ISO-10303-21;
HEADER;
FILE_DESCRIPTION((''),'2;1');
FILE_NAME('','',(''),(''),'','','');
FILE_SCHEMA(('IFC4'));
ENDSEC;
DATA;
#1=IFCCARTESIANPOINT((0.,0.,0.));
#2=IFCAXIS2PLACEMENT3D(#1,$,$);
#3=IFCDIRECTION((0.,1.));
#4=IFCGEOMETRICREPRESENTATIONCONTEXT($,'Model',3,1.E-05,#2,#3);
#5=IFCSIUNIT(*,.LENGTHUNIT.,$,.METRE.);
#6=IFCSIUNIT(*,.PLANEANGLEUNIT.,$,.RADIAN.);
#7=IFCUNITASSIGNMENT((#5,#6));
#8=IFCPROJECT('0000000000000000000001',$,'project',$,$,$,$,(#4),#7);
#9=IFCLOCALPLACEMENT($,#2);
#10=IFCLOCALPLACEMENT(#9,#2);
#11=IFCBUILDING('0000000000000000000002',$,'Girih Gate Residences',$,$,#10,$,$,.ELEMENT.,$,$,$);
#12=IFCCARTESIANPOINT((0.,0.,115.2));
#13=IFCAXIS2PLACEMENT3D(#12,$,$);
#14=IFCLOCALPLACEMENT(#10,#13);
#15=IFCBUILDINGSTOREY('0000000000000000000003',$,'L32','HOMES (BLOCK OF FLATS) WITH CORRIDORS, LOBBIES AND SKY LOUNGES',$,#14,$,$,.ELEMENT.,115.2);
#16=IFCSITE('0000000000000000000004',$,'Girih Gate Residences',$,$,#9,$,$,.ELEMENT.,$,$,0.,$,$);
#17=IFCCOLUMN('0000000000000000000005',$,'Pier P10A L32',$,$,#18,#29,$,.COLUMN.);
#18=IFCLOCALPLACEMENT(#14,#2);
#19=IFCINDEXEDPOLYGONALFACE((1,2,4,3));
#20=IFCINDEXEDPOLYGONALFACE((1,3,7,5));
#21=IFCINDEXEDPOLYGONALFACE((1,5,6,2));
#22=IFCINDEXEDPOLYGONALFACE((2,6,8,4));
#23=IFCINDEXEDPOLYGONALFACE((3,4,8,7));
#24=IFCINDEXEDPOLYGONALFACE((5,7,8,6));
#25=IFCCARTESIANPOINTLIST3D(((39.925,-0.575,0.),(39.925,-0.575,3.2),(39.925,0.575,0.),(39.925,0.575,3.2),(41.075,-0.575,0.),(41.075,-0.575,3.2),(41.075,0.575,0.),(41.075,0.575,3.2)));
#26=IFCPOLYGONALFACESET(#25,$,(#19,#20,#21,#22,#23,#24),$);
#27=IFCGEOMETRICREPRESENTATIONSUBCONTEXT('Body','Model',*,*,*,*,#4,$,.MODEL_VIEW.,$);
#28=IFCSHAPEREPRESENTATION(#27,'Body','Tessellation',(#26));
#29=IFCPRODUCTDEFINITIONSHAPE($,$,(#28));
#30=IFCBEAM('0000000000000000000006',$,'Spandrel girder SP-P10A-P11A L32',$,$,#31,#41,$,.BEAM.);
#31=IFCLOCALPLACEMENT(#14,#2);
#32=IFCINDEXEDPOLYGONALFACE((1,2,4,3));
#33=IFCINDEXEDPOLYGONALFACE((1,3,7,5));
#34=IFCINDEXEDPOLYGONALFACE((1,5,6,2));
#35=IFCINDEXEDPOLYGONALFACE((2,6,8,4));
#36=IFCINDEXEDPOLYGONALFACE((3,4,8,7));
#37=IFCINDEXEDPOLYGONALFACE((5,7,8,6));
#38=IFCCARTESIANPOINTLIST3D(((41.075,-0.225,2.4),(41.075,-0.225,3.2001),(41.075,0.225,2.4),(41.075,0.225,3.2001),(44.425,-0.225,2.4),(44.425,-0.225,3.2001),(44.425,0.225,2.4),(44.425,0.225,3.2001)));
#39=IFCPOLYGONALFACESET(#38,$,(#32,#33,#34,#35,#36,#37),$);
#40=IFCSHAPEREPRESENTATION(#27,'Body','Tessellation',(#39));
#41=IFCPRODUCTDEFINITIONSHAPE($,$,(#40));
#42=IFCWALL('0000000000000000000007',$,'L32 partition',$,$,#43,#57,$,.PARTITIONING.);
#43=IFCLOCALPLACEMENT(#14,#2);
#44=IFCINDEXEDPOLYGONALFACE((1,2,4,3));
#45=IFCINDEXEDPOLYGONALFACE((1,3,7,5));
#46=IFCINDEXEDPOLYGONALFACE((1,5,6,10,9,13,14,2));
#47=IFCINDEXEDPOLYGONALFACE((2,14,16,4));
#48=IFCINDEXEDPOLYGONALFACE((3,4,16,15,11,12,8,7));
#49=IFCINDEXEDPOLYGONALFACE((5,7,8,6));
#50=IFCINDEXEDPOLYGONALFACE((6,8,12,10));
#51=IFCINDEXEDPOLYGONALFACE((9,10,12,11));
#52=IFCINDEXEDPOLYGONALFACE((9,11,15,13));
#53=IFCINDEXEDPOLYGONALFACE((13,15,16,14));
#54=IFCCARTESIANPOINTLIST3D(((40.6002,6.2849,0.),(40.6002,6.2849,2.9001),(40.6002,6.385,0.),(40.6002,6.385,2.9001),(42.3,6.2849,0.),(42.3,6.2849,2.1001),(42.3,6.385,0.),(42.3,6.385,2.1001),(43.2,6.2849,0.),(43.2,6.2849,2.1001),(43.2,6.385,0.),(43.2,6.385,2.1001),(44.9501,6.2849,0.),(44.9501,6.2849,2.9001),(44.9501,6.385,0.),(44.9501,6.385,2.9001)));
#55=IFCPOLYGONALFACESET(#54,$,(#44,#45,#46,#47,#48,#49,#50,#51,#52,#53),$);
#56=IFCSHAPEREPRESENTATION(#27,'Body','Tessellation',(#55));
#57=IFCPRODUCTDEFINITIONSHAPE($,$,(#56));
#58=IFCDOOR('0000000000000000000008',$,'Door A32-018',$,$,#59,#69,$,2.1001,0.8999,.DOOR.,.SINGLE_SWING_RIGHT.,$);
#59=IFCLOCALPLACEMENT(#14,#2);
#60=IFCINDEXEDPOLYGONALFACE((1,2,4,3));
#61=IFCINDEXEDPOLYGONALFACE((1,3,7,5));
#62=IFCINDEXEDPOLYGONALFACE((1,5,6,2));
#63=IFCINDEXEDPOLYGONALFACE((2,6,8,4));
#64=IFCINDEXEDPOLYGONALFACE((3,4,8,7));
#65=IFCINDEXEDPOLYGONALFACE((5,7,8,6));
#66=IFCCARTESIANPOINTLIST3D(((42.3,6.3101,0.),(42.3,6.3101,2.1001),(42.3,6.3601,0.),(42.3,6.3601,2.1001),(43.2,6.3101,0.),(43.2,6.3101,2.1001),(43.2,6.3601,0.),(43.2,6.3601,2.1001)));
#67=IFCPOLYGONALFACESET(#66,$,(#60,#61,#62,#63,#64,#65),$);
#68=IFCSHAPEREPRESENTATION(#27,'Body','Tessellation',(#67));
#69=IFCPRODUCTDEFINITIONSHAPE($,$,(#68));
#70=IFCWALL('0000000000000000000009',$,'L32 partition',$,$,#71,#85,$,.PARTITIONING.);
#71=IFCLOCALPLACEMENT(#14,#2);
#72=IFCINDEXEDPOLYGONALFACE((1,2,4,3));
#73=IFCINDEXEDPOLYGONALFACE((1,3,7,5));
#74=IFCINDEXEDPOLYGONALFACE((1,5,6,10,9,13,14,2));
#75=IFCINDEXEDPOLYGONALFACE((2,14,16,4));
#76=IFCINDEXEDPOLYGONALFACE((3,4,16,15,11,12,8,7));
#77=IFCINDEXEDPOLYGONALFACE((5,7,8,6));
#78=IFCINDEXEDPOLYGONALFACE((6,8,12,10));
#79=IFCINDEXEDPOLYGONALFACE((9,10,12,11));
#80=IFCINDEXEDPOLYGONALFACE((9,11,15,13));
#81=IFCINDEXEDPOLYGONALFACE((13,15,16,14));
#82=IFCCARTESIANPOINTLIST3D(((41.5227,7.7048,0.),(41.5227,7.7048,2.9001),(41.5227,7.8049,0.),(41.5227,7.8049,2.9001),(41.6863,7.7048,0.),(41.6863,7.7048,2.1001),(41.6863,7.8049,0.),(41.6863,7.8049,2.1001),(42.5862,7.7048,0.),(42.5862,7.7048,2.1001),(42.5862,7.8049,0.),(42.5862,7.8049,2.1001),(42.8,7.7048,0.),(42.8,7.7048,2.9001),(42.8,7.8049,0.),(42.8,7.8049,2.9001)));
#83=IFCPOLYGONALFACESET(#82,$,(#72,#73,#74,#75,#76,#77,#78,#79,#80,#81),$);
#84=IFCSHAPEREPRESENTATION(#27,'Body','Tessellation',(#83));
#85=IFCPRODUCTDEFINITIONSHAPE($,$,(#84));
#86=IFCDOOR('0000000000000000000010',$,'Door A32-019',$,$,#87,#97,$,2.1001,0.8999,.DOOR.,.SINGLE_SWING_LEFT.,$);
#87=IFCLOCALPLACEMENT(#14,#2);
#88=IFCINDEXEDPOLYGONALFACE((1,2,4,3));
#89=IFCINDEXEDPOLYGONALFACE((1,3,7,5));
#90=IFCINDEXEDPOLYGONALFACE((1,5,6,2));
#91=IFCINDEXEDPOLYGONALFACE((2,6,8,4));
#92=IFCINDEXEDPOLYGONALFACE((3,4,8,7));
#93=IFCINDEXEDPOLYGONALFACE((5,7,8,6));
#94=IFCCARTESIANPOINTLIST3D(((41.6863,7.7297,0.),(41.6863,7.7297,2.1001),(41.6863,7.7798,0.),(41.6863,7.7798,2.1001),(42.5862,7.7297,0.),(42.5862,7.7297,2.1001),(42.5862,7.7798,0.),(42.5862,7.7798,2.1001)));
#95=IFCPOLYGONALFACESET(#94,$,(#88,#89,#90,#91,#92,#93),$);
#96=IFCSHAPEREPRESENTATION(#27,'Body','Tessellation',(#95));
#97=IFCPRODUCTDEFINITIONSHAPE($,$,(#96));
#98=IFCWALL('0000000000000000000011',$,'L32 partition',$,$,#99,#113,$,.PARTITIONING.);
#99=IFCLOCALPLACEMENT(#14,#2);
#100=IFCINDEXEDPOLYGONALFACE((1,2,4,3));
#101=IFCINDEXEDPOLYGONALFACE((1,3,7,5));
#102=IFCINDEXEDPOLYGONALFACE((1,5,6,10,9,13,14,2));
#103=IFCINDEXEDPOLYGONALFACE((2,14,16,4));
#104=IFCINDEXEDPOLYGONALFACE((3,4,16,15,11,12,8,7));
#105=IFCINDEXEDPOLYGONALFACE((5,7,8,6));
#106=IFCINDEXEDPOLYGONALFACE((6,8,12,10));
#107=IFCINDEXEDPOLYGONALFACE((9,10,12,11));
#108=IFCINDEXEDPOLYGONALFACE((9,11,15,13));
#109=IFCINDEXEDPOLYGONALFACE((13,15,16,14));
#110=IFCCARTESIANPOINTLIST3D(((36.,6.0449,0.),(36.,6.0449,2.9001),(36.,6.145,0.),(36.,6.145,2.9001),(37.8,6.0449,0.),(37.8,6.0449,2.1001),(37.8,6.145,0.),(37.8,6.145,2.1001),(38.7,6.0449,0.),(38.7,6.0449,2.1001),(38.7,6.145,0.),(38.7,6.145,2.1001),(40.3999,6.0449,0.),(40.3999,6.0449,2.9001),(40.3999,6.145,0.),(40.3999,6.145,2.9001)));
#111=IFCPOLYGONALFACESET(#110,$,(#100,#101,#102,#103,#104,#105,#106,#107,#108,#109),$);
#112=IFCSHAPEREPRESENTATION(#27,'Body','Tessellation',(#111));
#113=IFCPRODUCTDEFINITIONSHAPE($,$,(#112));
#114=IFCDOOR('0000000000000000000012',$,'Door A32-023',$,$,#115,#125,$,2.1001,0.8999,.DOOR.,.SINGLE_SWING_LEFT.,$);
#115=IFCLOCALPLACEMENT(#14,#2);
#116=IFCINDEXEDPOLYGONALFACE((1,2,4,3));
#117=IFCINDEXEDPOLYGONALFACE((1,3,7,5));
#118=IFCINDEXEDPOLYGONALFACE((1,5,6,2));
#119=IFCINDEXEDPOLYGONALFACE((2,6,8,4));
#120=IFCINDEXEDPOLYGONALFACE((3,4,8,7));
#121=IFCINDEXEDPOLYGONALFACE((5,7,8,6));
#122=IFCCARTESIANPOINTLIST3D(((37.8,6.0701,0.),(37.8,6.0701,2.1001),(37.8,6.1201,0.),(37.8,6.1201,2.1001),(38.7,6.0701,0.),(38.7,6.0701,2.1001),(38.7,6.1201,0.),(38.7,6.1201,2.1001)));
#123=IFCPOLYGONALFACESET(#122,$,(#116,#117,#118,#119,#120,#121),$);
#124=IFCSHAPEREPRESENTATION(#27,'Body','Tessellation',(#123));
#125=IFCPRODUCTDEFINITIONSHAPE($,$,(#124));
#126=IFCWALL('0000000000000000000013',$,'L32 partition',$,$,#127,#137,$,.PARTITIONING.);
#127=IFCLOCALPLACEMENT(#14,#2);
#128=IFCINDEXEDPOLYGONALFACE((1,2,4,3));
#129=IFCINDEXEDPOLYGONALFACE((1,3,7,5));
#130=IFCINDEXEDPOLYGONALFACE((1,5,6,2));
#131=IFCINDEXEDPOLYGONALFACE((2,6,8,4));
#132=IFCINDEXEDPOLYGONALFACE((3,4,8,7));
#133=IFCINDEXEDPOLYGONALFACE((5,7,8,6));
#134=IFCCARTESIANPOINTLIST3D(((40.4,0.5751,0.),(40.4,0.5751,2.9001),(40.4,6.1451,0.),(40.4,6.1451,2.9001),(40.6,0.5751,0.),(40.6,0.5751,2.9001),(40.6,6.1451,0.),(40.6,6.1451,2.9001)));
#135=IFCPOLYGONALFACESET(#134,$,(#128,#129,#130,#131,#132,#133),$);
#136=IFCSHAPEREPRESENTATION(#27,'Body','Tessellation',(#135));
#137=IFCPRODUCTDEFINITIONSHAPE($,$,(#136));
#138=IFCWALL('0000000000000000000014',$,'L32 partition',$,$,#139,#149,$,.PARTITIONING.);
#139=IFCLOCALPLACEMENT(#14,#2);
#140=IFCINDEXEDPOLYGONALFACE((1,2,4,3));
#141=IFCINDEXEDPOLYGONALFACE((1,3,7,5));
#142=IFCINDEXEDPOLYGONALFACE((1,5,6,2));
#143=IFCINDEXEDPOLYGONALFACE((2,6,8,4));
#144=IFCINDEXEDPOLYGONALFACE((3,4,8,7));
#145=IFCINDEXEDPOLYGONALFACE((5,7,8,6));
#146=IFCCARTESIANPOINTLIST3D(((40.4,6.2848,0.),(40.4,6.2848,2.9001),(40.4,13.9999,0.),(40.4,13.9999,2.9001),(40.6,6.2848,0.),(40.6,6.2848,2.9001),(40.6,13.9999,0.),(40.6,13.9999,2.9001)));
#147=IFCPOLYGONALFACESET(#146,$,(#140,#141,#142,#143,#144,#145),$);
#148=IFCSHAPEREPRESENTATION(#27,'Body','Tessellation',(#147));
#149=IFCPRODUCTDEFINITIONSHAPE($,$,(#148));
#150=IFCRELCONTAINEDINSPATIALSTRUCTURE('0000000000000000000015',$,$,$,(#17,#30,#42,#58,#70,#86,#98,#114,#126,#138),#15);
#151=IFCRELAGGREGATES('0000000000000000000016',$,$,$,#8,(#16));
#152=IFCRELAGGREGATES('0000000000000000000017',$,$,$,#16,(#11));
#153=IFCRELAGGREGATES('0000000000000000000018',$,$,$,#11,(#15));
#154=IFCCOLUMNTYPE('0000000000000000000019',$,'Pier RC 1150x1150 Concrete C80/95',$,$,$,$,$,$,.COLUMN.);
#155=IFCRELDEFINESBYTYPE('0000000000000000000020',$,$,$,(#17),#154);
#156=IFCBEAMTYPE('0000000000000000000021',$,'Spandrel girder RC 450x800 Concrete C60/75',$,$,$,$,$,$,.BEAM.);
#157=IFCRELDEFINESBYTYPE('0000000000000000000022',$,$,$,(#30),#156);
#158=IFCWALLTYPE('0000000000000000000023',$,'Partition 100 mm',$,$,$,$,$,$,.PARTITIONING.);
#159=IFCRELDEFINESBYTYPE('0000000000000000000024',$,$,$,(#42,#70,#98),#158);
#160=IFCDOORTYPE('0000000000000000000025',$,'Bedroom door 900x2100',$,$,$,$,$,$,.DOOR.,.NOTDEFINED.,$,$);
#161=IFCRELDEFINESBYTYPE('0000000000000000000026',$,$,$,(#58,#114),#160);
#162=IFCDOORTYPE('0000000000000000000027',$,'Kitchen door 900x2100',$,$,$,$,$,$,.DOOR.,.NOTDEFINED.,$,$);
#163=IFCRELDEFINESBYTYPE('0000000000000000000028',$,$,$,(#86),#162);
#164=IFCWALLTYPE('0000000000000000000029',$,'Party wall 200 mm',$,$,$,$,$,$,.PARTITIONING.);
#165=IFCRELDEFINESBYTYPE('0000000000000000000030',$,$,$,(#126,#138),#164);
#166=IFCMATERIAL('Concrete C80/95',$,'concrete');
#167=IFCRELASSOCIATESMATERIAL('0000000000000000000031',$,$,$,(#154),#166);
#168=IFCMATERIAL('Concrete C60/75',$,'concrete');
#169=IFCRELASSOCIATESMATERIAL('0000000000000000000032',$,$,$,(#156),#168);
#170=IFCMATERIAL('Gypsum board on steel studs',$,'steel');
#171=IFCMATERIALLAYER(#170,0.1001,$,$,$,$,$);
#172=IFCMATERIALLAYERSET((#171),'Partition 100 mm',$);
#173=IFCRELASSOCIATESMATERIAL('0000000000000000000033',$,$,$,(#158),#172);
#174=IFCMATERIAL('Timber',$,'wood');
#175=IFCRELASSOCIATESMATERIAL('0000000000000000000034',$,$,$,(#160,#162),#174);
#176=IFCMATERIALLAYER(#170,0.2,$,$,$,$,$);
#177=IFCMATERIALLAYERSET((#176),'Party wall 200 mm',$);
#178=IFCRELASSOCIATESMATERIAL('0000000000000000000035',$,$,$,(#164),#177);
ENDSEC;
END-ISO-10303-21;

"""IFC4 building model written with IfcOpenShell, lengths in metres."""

from ifc_helpers import new_model, si_unit, direction, frame, frame_2d, origin, origin_2d, place, context, subcontext, project, spatial, rectangle, extrude, material, layer, layer_set, material_profile, profile_set, type_object, element, fill, save


model = new_model("IFC4")

# Units and contexts
model_context = context("Model", 3, precision=1e-05, world=origin(), true_north=direction((0.0, 1.0)))
body_context = subcontext(model_context, "Body", "Model", "MODEL_VIEW")
ifc_project = project(units=[si_unit("LENGTHUNIT", "METRE"), si_unit("PLANEANGLEUNIT", "RADIAN")], contexts=[model_context])

# Site, building, storey
site_placement = place(None, origin())
site = spatial("IfcSite", under=ifc_project, at=site_placement, Name="Girih Gate Residences", CompositionType="ELEMENT", RefElevation=0.0)
building_placement = place(site_placement, origin())
building = spatial("IfcBuilding", under=site, at=building_placement, Name="Girih Gate Residences", CompositionType="ELEMENT")
storey_placement = place(building_placement, frame((0.0, 0.0, 115.2)))
storey = spatial("IfcBuildingStorey", under=building, at=storey_placement, Name="L32", Description="HOMES (BLOCK OF FLATS) WITH CORRIDORS, LOBBIES AND SKY LOUNGES", CompositionType="ELEMENT", Elevation=115.2)

# Column
ifc_material_1 = material(Name="Concrete C80/95", Category="concrete")
ifc_material_profile_1 = material_profile(ifc_material_1, rectangle(XDim=1.1499, YDim=1.1499, at=origin_2d()))
ifc_profile_set_1 = profile_set([ifc_material_profile_1], Name="Concrete C80/95")
column_type = type_object("IfcColumnType", Name="Pier RC 1150x1150 Concrete C80/95", PredefinedType="COLUMN", material=ifc_profile_set_1)
column_placement = place(storey_placement, frame((40.5, 0.0, 0.0), z_axis=(0.0, 0.0, 1.0), x_axis=(1.0, 0.0, 0.0)))
element("IfcColumn", 1, at=column_placement, inside=storey, type_object=column_type, Name="Pier P10A L32", PredefinedType="COLUMN", context=body_context, shape_type="SweptSolid", body=[
    extrude(rectangle(XDim=1.1499, YDim=1.1499, at=origin_2d()), origin(), (0.0, 0.0, 1.0), 3.2),
])

# Beam
ifc_material_2 = material(Name="Concrete C60/75", Category="concrete")
ifc_material_profile_2 = material_profile(ifc_material_2, rectangle(XDim=0.45, YDim=0.8, at=origin_2d()))
ifc_profile_set_2 = profile_set([ifc_material_profile_2], Name="Concrete C60/75")
beam_type = type_object("IfcBeamType", Name="Spandrel girder RC 450x800 Concrete C60/75", PredefinedType="BEAM", material=ifc_profile_set_2)
beam_placement = place(storey_placement, frame((41.075, 0.0, 2.8), z_axis=(1.0, 0.0, 0.0), x_axis=(0.0, 1.0, 0.0)))
element("IfcBeam", 2, at=beam_placement, inside=storey, type_object=beam_type, Name="Spandrel girder SP-P10A-P11A L32", PredefinedType="BEAM", context=body_context, shape_type="SweptSolid", body=[
    extrude(rectangle(XDim=0.45, YDim=0.8, at=origin_2d()), origin(), (0.0, 0.0, 1.0), 3.3501),
])

# Walls, openings, doors
ifc_material_3 = material(Name="Gypsum board on steel studs", Category="steel")
ifc_layer_1 = layer(ifc_material_3, 0.1001)
ifc_layer_set_1 = layer_set([ifc_layer_1], Name="Partition 100 mm")
wall_type_1 = type_object("IfcWallType", Name="Partition 100 mm", PredefinedType="PARTITIONING", material=ifc_layer_set_1)
wall_1_placement = place(storey_placement, frame((44.95, 6.335, 0.0), z_axis=(0.0, 0.0, 1.0), x_axis=(-1.0, 0.0, 0.0)))
wall_1 = element("IfcWall", 3, at=wall_1_placement, inside=storey, type_object=wall_type_1, Name="L32 partition", PredefinedType="PARTITIONING", context=body_context, shape_type="SweptSolid", body=[
    extrude(rectangle(XDim=4.3499, YDim=0.1001, at=frame_2d((2.1748, 0.0))), origin(), (0.0, 0.0, 1.0), 2.9001),
])
opening_1_placement = place(wall_1_placement, frame((1.75, 0.0, 0.0)))
opening_1 = element("IfcOpeningElement", 4, at=opening_1_placement, cuts=wall_1, PredefinedType="OPENING", context=body_context, shape_type="SweptSolid", body=[
    extrude(rectangle(XDim=0.8999, YDim=2.1001, at=frame_2d((0.45, 1.05))), frame((0.0, 0.0601, 0.0), z_axis=(0.0, -1.0, 0.0), x_axis=(1.0, 0.0, 0.0)), (0.0, 0.0, 1.0), 0.1201),
])
ifc_material_4 = material(Name="Timber", Category="wood")
door_type_1 = type_object("IfcDoorType", Name="Bedroom door 900x2100", OperationType="NOTDEFINED", PredefinedType="DOOR", material=ifc_material_4)
door_1_placement = place(opening_1_placement, origin())
door_1 = element("IfcDoor", 5, at=door_1_placement, inside=storey, type_object=door_type_1, Name="Door A32-018", OperationType="SINGLE_SWING_RIGHT", OverallHeight=2.1001, OverallWidth=0.8999, PredefinedType="DOOR", context=body_context, shape_type="SweptSolid", body=[
    extrude(rectangle(XDim=0.8999, YDim=2.1001, at=frame_2d((0.45, 1.05))), frame((0.0, 0.0249, 0.0), z_axis=(0.0, -1.0, 0.0), x_axis=(1.0, 0.0, 0.0)), (0.0, 0.0, 1.0), 0.05),
])
fill(opening_1, door_1)
wall_2_placement = place(storey_placement, frame((41.5227, 7.7549, 0.0), z_axis=(0.0, 0.0, 1.0), x_axis=(1.0, 0.0, 0.0)))
wall_2 = element("IfcWall", 6, at=wall_2_placement, inside=storey, type_object=wall_type_1, Name="L32 partition", PredefinedType="PARTITIONING", context=body_context, shape_type="SweptSolid", body=[
    extrude(rectangle(XDim=1.2773, YDim=0.1001, at=frame_2d((0.6387, 0.0))), origin(), (0.0, 0.0, 1.0), 2.9001),
])
opening_2_placement = place(wall_2_placement, frame((0.1636, 0.0, 0.0)))
opening_2 = element("IfcOpeningElement", 7, at=opening_2_placement, cuts=wall_2, PredefinedType="OPENING", context=body_context, shape_type="SweptSolid", body=[
    extrude(rectangle(XDim=0.8999, YDim=2.1001, at=frame_2d((0.45, 1.05))), frame((0.0, 0.0601, 0.0), z_axis=(0.0, -1.0, 0.0), x_axis=(1.0, 0.0, 0.0)), (0.0, 0.0, 1.0), 0.1201),
])
door_type_2 = type_object("IfcDoorType", Name="Kitchen door 900x2100", OperationType="NOTDEFINED", PredefinedType="DOOR", material=ifc_material_4)
door_2_placement = place(opening_2_placement, origin())
door_2 = element("IfcDoor", 8, at=door_2_placement, inside=storey, type_object=door_type_2, Name="Door A32-019", OperationType="SINGLE_SWING_LEFT", OverallHeight=2.1001, OverallWidth=0.8999, PredefinedType="DOOR", context=body_context, shape_type="SweptSolid", body=[
    extrude(rectangle(XDim=0.8999, YDim=2.1001, at=frame_2d((0.45, 1.05))), frame((0.0, 0.0249, 0.0), z_axis=(0.0, -1.0, 0.0), x_axis=(1.0, 0.0, 0.0)), (0.0, 0.0, 1.0), 0.05),
])
fill(opening_2, door_2)

# Wall, opening, door
wall_3_placement = place(storey_placement, frame((40.3999, 6.095, 0.0), z_axis=(0.0, 0.0, 1.0), x_axis=(-1.0, 0.0, 0.0)))
wall_3 = element("IfcWall", 9, at=wall_3_placement, inside=storey, type_object=wall_type_1, Name="L32 partition", PredefinedType="PARTITIONING", context=body_context, shape_type="SweptSolid", body=[
    extrude(rectangle(XDim=4.3999, YDim=0.1001, at=frame_2d((2.2, 0.0))), origin(), (0.0, 0.0, 1.0), 2.9001),
])
opening_3_placement = place(wall_3_placement, frame((1.7, 0.0, 0.0)))
opening_3 = element("IfcOpeningElement", 10, at=opening_3_placement, cuts=wall_3, PredefinedType="OPENING", context=body_context, shape_type="SweptSolid", body=[
    extrude(rectangle(XDim=0.8999, YDim=2.1001, at=frame_2d((0.45, 1.05))), frame((0.0, 0.0601, 0.0), z_axis=(0.0, -1.0, 0.0), x_axis=(1.0, 0.0, 0.0)), (0.0, 0.0, 1.0), 0.1201),
])
door_3_placement = place(opening_3_placement, origin())
door_3 = element("IfcDoor", 11, at=door_3_placement, inside=storey, type_object=door_type_1, Name="Door A32-023", OperationType="SINGLE_SWING_LEFT", OverallHeight=2.1001, OverallWidth=0.8999, PredefinedType="DOOR", context=body_context, shape_type="SweptSolid", body=[
    extrude(rectangle(XDim=0.8999, YDim=2.1001, at=frame_2d((0.45, 1.05))), frame((0.0, 0.0249, 0.0), z_axis=(0.0, -1.0, 0.0), x_axis=(1.0, 0.0, 0.0)), (0.0, 0.0, 1.0), 0.05),
])
fill(opening_3, door_3)

# Walls
ifc_layer_2 = layer(ifc_material_3, 0.2)
ifc_layer_set_2 = layer_set([ifc_layer_2], Name="Party wall 200 mm")
wall_type_2 = type_object("IfcWallType", Name="Party wall 200 mm", PredefinedType="PARTITIONING", material=ifc_layer_set_2)
wall_4_placement = place(storey_placement, frame((40.5, 0.575, 0.0), z_axis=(0.0, 0.0, 1.0), x_axis=(0.0, 1.0, 0.0)))
element("IfcWall", 12, at=wall_4_placement, inside=storey, type_object=wall_type_2, Name="L32 partition", PredefinedType="PARTITIONING", context=body_context, shape_type="SweptSolid", body=[
    extrude(rectangle(XDim=5.5701, YDim=0.2, at=frame_2d((2.7852, 0.0))), origin(), (0.0, 0.0, 1.0), 2.9001),
])
wall_5_placement = place(storey_placement, frame((40.5, 6.2849, 0.0), z_axis=(0.0, 0.0, 1.0), x_axis=(0.0, 1.0, 0.0)))
element("IfcWall", 13, at=wall_5_placement, inside=storey, type_object=wall_type_2, Name="L32 partition", PredefinedType="PARTITIONING", context=body_context, shape_type="SweptSolid", body=[
    extrude(rectangle(XDim=7.7151, YDim=0.2, at=frame_2d((3.8574, 0.0))), origin(), (0.0, 0.0, 1.0), 2.9001),
])

save(model, "model.ifc")
